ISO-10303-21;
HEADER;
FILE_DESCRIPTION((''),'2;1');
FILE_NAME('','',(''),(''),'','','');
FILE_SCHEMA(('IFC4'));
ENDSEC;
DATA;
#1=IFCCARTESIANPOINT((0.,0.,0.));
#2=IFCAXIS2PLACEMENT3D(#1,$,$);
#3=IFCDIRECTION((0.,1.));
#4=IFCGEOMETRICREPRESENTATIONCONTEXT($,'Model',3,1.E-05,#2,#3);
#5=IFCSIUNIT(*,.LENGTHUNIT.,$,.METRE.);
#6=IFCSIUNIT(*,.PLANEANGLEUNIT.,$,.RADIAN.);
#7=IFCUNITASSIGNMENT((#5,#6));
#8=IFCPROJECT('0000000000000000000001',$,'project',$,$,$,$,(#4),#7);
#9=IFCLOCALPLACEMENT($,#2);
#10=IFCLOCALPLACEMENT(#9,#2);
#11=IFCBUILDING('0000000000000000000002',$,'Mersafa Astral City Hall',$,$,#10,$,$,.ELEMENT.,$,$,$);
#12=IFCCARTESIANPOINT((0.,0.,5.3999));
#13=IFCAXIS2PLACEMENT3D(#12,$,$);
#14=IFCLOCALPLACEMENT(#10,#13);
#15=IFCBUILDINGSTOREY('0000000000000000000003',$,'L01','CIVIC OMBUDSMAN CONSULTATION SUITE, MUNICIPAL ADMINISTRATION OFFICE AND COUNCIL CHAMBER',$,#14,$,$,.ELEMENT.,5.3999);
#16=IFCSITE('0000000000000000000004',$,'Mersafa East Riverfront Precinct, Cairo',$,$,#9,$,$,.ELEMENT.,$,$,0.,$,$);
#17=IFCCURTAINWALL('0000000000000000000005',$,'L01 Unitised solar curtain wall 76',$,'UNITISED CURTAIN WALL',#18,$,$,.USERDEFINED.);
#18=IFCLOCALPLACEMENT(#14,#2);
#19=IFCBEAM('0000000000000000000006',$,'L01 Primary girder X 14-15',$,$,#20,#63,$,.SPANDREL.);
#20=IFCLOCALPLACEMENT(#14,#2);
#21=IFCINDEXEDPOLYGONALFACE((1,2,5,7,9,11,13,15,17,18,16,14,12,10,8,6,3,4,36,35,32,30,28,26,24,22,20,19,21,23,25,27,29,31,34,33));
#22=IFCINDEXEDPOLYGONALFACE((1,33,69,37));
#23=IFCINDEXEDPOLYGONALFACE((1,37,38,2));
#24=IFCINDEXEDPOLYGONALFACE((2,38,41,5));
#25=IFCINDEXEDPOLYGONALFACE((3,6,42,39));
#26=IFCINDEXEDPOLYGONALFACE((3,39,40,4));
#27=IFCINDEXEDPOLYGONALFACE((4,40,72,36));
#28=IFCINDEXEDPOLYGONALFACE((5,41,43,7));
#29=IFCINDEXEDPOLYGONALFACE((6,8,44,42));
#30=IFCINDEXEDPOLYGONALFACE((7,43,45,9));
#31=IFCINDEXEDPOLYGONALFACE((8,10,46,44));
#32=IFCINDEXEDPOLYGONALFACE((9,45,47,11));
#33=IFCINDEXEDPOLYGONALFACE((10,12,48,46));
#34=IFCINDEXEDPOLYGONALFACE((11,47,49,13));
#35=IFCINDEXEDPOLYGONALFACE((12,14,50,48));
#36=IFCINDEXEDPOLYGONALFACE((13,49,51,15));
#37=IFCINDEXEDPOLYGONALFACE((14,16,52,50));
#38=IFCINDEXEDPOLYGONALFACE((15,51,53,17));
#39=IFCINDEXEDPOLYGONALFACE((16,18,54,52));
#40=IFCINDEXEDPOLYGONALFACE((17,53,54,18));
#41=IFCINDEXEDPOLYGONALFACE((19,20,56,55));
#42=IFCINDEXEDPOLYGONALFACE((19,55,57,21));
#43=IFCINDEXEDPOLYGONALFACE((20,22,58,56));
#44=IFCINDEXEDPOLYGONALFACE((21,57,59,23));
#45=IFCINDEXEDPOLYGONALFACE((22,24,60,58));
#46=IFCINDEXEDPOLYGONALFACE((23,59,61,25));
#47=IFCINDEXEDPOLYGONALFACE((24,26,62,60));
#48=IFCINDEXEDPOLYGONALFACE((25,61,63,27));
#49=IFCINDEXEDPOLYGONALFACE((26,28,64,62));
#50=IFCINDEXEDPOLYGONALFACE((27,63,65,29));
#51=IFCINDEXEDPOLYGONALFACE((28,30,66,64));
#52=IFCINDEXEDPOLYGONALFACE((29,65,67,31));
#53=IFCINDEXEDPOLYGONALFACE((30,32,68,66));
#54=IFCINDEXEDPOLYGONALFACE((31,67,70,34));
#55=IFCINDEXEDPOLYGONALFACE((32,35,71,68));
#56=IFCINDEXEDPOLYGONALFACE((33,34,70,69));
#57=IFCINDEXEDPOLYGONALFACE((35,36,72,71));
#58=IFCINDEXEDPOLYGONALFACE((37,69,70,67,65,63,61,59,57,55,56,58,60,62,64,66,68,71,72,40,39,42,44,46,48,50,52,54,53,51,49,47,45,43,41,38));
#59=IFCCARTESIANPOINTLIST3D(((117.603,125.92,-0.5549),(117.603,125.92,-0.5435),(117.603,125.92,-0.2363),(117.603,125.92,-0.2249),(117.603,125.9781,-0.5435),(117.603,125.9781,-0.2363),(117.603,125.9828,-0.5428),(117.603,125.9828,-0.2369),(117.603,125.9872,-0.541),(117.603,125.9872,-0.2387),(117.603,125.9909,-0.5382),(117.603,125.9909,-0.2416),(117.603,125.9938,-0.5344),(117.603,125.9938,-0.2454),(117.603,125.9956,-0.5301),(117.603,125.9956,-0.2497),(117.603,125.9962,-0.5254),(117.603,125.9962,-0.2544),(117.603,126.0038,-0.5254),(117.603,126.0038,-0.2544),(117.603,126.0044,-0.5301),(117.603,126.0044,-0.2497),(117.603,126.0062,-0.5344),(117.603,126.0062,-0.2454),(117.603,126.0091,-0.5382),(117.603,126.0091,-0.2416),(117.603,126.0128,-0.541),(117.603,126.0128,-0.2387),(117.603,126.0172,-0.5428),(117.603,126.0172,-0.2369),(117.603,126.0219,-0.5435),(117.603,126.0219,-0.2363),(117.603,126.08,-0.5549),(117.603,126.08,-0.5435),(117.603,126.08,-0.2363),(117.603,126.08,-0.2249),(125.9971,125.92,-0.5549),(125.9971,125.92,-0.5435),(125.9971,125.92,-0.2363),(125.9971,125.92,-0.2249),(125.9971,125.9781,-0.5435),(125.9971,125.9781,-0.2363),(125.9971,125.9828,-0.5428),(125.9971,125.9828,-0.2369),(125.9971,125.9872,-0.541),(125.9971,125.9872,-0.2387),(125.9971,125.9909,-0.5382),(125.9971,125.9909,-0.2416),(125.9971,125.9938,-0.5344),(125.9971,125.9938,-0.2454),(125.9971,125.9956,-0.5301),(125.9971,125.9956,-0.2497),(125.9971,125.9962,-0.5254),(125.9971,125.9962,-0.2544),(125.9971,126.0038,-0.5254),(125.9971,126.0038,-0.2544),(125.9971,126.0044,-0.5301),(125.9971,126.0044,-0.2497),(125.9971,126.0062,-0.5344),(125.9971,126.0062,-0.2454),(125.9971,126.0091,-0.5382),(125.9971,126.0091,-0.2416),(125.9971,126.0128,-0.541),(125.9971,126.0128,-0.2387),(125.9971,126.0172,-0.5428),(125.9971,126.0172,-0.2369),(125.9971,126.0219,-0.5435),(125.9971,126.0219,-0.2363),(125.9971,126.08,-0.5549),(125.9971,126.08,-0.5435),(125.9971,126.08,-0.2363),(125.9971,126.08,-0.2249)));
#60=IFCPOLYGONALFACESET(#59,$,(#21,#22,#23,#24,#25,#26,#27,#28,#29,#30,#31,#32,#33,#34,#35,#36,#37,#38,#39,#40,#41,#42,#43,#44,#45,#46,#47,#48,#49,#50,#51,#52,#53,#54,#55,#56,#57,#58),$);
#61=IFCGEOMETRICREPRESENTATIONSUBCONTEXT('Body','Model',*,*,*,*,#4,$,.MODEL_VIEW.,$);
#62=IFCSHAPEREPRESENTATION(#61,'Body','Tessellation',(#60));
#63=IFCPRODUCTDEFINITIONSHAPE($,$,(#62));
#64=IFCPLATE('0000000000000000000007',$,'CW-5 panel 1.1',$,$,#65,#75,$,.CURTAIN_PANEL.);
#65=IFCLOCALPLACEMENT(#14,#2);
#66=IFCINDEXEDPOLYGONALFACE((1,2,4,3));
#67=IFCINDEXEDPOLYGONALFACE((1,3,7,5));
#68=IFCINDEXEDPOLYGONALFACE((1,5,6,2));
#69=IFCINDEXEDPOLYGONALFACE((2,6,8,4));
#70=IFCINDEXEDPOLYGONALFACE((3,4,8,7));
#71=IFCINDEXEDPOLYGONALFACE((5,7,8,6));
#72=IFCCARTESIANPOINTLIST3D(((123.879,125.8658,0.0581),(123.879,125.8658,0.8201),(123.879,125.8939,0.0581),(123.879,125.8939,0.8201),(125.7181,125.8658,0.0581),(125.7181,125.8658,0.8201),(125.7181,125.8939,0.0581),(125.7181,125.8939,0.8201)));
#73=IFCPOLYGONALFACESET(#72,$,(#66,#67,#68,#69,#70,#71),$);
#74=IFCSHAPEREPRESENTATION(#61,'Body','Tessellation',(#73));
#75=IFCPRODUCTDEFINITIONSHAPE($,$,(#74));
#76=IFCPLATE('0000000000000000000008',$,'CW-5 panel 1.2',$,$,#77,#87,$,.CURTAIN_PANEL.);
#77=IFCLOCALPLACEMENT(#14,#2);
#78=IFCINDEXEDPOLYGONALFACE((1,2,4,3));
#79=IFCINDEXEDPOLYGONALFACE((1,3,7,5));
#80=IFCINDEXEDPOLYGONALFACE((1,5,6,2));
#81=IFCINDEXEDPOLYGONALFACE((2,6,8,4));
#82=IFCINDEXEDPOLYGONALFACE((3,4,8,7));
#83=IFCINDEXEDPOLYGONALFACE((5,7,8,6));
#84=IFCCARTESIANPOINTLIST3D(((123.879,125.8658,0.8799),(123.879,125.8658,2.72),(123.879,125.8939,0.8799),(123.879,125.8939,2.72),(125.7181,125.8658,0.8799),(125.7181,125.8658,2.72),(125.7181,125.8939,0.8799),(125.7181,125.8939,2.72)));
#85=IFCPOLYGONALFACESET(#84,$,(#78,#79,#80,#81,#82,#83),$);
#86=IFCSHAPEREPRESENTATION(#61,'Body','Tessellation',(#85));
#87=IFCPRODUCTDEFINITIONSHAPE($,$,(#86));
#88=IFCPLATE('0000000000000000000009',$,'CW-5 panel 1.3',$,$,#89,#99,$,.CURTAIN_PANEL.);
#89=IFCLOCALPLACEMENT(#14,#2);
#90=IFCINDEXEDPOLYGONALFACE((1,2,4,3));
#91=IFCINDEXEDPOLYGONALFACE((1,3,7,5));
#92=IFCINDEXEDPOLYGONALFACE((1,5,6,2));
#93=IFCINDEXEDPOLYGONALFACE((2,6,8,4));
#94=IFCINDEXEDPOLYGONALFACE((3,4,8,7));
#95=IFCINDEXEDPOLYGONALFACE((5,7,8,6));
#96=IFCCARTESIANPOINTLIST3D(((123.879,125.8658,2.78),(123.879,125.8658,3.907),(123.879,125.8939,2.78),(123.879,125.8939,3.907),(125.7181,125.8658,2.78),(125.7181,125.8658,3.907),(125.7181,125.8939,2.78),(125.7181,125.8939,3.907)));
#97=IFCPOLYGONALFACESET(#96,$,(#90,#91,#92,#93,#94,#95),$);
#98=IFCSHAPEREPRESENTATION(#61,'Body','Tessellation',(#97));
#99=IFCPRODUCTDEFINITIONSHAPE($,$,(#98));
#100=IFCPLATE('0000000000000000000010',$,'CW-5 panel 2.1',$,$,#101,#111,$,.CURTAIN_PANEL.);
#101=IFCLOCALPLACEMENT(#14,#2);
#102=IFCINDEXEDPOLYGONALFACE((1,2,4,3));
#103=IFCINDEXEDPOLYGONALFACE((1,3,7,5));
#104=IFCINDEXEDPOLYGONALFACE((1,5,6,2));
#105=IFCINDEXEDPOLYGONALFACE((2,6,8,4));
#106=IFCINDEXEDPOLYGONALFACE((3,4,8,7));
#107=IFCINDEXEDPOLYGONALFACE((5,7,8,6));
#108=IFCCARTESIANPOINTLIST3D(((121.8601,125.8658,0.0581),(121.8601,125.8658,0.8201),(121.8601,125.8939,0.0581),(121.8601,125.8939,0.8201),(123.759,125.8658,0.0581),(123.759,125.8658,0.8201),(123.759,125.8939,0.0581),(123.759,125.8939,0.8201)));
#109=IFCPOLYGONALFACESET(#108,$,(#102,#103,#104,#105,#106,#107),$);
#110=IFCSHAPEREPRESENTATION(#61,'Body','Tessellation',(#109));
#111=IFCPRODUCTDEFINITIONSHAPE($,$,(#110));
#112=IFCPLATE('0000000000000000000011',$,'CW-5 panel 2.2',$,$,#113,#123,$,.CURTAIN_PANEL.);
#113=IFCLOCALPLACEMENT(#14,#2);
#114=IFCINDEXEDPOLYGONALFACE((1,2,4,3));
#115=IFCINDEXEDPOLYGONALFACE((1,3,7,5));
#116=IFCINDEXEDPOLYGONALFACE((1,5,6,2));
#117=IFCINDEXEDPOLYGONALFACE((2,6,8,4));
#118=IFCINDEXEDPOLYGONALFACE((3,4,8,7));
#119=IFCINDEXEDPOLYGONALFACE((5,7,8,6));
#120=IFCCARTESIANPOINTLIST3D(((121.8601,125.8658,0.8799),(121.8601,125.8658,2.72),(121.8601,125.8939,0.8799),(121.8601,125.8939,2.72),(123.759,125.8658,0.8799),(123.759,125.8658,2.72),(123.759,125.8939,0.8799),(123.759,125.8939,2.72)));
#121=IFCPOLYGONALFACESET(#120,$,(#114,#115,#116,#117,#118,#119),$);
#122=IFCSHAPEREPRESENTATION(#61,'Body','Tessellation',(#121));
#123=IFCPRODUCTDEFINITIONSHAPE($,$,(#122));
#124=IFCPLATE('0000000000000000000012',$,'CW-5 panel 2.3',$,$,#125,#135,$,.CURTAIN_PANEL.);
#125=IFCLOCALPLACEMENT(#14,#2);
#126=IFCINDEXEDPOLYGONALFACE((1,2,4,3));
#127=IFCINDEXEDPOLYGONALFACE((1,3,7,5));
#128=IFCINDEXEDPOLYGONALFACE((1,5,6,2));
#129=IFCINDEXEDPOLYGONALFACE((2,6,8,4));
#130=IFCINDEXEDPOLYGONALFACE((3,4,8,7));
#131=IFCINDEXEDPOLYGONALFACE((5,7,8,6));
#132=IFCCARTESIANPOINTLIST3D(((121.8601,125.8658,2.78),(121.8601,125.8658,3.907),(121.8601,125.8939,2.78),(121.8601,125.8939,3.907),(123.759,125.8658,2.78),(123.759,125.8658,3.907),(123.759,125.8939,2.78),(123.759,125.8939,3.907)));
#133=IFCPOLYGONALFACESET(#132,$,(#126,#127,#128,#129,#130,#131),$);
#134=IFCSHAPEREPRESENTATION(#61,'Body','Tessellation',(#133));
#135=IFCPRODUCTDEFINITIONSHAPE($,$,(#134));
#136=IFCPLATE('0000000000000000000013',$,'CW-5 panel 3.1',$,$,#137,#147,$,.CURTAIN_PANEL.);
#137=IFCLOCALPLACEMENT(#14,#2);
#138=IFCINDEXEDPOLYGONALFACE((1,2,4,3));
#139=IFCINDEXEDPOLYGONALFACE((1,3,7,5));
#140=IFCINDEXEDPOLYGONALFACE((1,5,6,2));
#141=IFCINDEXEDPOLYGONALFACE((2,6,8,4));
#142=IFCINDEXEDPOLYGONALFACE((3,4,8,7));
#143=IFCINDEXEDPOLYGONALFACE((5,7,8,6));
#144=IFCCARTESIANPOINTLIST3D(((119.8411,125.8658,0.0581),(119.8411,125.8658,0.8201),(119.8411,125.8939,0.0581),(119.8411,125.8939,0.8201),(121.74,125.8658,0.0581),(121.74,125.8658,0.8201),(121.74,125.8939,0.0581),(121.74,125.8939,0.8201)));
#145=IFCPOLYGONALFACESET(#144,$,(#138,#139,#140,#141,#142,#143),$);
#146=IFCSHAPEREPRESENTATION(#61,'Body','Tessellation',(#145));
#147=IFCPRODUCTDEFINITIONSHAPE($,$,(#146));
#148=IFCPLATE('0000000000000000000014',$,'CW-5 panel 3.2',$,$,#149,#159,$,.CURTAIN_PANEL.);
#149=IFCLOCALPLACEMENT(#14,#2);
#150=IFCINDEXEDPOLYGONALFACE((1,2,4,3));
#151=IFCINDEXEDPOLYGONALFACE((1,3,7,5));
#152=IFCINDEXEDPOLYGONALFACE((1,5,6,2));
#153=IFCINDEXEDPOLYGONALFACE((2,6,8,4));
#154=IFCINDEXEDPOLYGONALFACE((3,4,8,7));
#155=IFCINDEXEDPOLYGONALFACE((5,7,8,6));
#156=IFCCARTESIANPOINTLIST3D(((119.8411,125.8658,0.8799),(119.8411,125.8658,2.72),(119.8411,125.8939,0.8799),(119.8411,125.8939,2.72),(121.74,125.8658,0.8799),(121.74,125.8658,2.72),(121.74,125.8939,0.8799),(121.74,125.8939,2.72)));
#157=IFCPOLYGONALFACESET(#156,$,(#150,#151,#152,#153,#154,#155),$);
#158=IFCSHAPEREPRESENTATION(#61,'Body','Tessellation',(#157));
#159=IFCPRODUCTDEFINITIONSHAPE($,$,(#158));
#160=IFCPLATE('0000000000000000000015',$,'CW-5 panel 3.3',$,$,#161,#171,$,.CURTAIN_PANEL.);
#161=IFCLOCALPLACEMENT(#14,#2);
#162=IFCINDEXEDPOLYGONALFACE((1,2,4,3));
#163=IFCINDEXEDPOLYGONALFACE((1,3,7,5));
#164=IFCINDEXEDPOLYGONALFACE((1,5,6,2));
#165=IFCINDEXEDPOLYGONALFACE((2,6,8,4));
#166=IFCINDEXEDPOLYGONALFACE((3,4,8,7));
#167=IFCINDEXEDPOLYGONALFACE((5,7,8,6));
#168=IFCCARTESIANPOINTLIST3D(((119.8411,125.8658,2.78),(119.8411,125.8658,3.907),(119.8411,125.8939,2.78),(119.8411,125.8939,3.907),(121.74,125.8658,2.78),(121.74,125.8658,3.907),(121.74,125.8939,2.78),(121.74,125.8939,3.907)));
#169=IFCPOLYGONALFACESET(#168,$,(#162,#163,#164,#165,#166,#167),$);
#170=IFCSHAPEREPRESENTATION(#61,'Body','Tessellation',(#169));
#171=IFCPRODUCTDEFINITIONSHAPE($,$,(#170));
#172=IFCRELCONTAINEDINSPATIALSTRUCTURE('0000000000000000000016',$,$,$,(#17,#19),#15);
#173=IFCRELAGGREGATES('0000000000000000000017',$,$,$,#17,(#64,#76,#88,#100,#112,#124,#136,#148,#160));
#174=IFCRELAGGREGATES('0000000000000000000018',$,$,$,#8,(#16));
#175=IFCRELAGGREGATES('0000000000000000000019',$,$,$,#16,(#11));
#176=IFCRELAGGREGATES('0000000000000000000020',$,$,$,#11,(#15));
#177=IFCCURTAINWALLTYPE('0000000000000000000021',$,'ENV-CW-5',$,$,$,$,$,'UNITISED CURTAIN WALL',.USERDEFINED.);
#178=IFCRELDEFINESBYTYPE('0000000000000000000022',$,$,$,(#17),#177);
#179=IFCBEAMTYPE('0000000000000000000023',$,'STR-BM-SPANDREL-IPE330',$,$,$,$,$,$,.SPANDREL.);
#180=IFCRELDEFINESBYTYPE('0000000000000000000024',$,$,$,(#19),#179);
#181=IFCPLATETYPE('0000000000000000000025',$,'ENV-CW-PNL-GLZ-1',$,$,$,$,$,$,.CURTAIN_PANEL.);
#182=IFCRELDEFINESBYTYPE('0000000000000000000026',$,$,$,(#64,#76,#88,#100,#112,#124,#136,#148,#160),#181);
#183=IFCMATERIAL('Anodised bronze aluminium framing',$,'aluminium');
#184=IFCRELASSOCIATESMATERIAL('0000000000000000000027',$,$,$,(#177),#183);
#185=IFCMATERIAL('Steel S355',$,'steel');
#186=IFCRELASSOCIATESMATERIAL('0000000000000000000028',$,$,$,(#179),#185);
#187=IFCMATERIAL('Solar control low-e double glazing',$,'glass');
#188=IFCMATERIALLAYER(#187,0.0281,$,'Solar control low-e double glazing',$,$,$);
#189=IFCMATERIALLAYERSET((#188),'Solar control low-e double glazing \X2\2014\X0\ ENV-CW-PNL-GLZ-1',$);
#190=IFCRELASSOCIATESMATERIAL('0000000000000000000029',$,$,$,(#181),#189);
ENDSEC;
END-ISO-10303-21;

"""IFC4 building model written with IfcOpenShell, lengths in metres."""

from ifc_helpers import new_model, si_unit, direction, frame, origin, origin_2d, place, context, subcontext, project, spatial, rectangle, i_section, extrude, material, layer, layer_set, material_profile, profile_set, type_object, element, aggregate, save


model = new_model("IFC4")

# Units and contexts
model_context = context("Model", 3, precision=1e-05, world=origin(), true_north=direction((0.0, 1.0)))
body_context = subcontext(model_context, "Body", "Model", "MODEL_VIEW")
ifc_project = project(units=[si_unit("LENGTHUNIT", "METRE"), si_unit("PLANEANGLEUNIT", "RADIAN")], contexts=[model_context])

# Site, building, storey
site_placement = place(None, origin())
site = spatial("IfcSite", under=ifc_project, at=site_placement, Name="Mersafa East Riverfront Precinct, Cairo", CompositionType="ELEMENT", RefElevation=0.0)
building_placement = place(site_placement, origin())
building = spatial("IfcBuilding", under=site, at=building_placement, Name="Mersafa Astral City Hall", CompositionType="ELEMENT")
storey_placement = place(building_placement, frame((0.0, 0.0, 5.3999)))
storey = spatial("IfcBuildingStorey", under=building, at=storey_placement, Name="L01", Description="CIVIC OMBUDSMAN CONSULTATION SUITE, MUNICIPAL ADMINISTRATION OFFICE AND COUNCIL CHAMBER", CompositionType="ELEMENT", Elevation=5.3999)

# Shared definitions
ifc_material_1 = material(Name="Steel S355", Category="steel")

# Curtain wall
ifc_material_2 = material(Name="Anodised bronze aluminium framing", Category="aluminium")
curtain_wall_type = type_object("IfcCurtainWallType", Name="ENV-CW-5", ElementType="UNITISED CURTAIN WALL", PredefinedType="USERDEFINED", material=ifc_material_2)
curtain_wall_placement = place(storey_placement, origin())
curtain_wall = element("IfcCurtainWall", 1, at=curtain_wall_placement, inside=storey, type_object=curtain_wall_type, Name="L01 Unitised solar curtain wall 76", ObjectType="UNITISED CURTAIN WALL", PredefinedType="USERDEFINED")

# Beam
ifc_material_profile_1 = material_profile(ifc_material_1, i_section(OverallWidth=0.1599, OverallDepth=0.3301, WebThickness=0.0076, FlangeThickness=0.0115, FilletRadius=0.0181, at=origin_2d()), Name="IPE 330")
ifc_profile_set_1 = profile_set([ifc_material_profile_1], Name="Steel S355")
beam_type = type_object("IfcBeamType", Name="STR-BM-SPANDREL-IPE330", PredefinedType="SPANDREL", material=ifc_profile_set_1)
beam_placement = place(storey_placement, frame((117.603, 126.0, -0.3899), z_axis=(1.0, 0.0, 0.0), x_axis=(0.0, 1.0, 0.0)))
element("IfcBeam", 2, at=beam_placement, inside=storey, type_object=beam_type, Name="L01 Primary girder X 14-15", PredefinedType="SPANDREL", context=body_context, shape_type="SweptSolid", body=[
    extrude(i_section(OverallWidth=0.1599, OverallDepth=0.3301, WebThickness=0.0076, FlangeThickness=0.0115, FilletRadius=0.0181, at=origin_2d()), origin(), (0.0, 0.0, 1.0), 8.394),
])

# Plates
ifc_material_3 = material(Name="Solar control low-e double glazing", Category="glass")
ifc_layer_1 = layer(ifc_material_3, 0.0281, Name="Solar control low-e double glazing")
ifc_layer_set_1 = layer_set([ifc_layer_1], Name="Solar control low-e double glazing — ENV-CW-PNL-GLZ-1")
plate_type = type_object("IfcPlateType", Name="ENV-CW-PNL-GLZ-1", PredefinedType="CURTAIN_PANEL", material=ifc_layer_set_1)
plate_1_placement = place(storey_placement, frame((124.7986, 125.8799, 0.0581), z_axis=(0.0, 0.0, 1.0), x_axis=(-1.0, 0.0, 0.0)))
plate_1 = element("IfcPlate", 3, at=plate_1_placement, type_object=plate_type, Name="CW-5 panel 1.1", PredefinedType="CURTAIN_PANEL", context=body_context, shape_type="SweptSolid", body=[
    extrude(rectangle(XDim=1.8391, YDim=0.0281, at=origin_2d()), origin(), (0.0, 0.0, 1.0), 0.762),
])
plate_2_placement = place(storey_placement, frame((124.7986, 125.8799, 0.8799), z_axis=(0.0, 0.0, 1.0), x_axis=(-1.0, 0.0, 0.0)))
plate_2 = element("IfcPlate", 4, at=plate_2_placement, type_object=plate_type, Name="CW-5 panel 1.2", PredefinedType="CURTAIN_PANEL", context=body_context, shape_type="SweptSolid", body=[
    extrude(rectangle(XDim=1.8391, YDim=0.0281, at=origin_2d()), origin(), (0.0, 0.0, 1.0), 1.8401),
])
plate_3_placement = place(storey_placement, frame((124.7986, 125.8799, 2.78), z_axis=(0.0, 0.0, 1.0), x_axis=(-1.0, 0.0, 0.0)))
plate_3 = element("IfcPlate", 5, at=plate_3_placement, type_object=plate_type, Name="CW-5 panel 1.3", PredefinedType="CURTAIN_PANEL", context=body_context, shape_type="SweptSolid", body=[
    extrude(rectangle(XDim=1.8391, YDim=0.0281, at=origin_2d()), origin(), (0.0, 0.0, 1.0), 1.127),
])
plate_4_placement = place(storey_placement, frame((122.8096, 125.8799, 0.0581), z_axis=(0.0, 0.0, 1.0), x_axis=(-1.0, 0.0, 0.0)))
plate_4 = element("IfcPlate", 6, at=plate_4_placement, type_object=plate_type, Name="CW-5 panel 2.1", PredefinedType="CURTAIN_PANEL", context=body_context, shape_type="SweptSolid", body=[
    extrude(rectangle(XDim=1.8989, YDim=0.0281, at=origin_2d()), origin(), (0.0, 0.0, 1.0), 0.762),
])
plate_5_placement = place(storey_placement, frame((122.8096, 125.8799, 0.8799), z_axis=(0.0, 0.0, 1.0), x_axis=(-1.0, 0.0, 0.0)))
plate_5 = element("IfcPlate", 7, at=plate_5_placement, type_object=plate_type, Name="CW-5 panel 2.2", PredefinedType="CURTAIN_PANEL", context=body_context, shape_type="SweptSolid", body=[
    extrude(rectangle(XDim=1.8989, YDim=0.0281, at=origin_2d()), origin(), (0.0, 0.0, 1.0), 1.8401),
])
plate_6_placement = place(storey_placement, frame((122.8096, 125.8799, 2.78), z_axis=(0.0, 0.0, 1.0), x_axis=(-1.0, 0.0, 0.0)))
plate_6 = element("IfcPlate", 8, at=plate_6_placement, type_object=plate_type, Name="CW-5 panel 2.3", PredefinedType="CURTAIN_PANEL", context=body_context, shape_type="SweptSolid", body=[
    extrude(rectangle(XDim=1.8989, YDim=0.0281, at=origin_2d()), origin(), (0.0, 0.0, 1.0), 1.127),
])
plate_7_placement = place(storey_placement, frame((120.7905, 125.8799, 0.0581), z_axis=(0.0, 0.0, 1.0), x_axis=(-1.0, 0.0, 0.0)))
plate_7 = element("IfcPlate", 9, at=plate_7_placement, type_object=plate_type, Name="CW-5 panel 3.1", PredefinedType="CURTAIN_PANEL", context=body_context, shape_type="SweptSolid", body=[
    extrude(rectangle(XDim=1.8989, YDim=0.0281, at=origin_2d()), origin(), (0.0, 0.0, 1.0), 0.762),
])
plate_8_placement = place(storey_placement, frame((120.7905, 125.8799, 0.8799), z_axis=(0.0, 0.0, 1.0), x_axis=(-1.0, 0.0, 0.0)))
plate_8 = element("IfcPlate", 10, at=plate_8_placement, type_object=plate_type, Name="CW-5 panel 3.2", PredefinedType="CURTAIN_PANEL", context=body_context, shape_type="SweptSolid", body=[
    extrude(rectangle(XDim=1.8989, YDim=0.0281, at=origin_2d()), origin(), (0.0, 0.0, 1.0), 1.8401),
])
plate_9_placement = place(storey_placement, frame((120.7905, 125.8799, 2.78), z_axis=(0.0, 0.0, 1.0), x_axis=(-1.0, 0.0, 0.0)))
plate_9 = element("IfcPlate", 11, at=plate_9_placement, type_object=plate_type, Name="CW-5 panel 3.3", PredefinedType="CURTAIN_PANEL", context=body_context, shape_type="SweptSolid", body=[
    extrude(rectangle(XDim=1.8989, YDim=0.0281, at=origin_2d()), origin(), (0.0, 0.0, 1.0), 1.127),
])
aggregate(curtain_wall, [plate_1, plate_2, plate_3, plate_4, plate_5, plate_6, plate_7, plate_8, plate_9])

save(model, "model.ifc")
